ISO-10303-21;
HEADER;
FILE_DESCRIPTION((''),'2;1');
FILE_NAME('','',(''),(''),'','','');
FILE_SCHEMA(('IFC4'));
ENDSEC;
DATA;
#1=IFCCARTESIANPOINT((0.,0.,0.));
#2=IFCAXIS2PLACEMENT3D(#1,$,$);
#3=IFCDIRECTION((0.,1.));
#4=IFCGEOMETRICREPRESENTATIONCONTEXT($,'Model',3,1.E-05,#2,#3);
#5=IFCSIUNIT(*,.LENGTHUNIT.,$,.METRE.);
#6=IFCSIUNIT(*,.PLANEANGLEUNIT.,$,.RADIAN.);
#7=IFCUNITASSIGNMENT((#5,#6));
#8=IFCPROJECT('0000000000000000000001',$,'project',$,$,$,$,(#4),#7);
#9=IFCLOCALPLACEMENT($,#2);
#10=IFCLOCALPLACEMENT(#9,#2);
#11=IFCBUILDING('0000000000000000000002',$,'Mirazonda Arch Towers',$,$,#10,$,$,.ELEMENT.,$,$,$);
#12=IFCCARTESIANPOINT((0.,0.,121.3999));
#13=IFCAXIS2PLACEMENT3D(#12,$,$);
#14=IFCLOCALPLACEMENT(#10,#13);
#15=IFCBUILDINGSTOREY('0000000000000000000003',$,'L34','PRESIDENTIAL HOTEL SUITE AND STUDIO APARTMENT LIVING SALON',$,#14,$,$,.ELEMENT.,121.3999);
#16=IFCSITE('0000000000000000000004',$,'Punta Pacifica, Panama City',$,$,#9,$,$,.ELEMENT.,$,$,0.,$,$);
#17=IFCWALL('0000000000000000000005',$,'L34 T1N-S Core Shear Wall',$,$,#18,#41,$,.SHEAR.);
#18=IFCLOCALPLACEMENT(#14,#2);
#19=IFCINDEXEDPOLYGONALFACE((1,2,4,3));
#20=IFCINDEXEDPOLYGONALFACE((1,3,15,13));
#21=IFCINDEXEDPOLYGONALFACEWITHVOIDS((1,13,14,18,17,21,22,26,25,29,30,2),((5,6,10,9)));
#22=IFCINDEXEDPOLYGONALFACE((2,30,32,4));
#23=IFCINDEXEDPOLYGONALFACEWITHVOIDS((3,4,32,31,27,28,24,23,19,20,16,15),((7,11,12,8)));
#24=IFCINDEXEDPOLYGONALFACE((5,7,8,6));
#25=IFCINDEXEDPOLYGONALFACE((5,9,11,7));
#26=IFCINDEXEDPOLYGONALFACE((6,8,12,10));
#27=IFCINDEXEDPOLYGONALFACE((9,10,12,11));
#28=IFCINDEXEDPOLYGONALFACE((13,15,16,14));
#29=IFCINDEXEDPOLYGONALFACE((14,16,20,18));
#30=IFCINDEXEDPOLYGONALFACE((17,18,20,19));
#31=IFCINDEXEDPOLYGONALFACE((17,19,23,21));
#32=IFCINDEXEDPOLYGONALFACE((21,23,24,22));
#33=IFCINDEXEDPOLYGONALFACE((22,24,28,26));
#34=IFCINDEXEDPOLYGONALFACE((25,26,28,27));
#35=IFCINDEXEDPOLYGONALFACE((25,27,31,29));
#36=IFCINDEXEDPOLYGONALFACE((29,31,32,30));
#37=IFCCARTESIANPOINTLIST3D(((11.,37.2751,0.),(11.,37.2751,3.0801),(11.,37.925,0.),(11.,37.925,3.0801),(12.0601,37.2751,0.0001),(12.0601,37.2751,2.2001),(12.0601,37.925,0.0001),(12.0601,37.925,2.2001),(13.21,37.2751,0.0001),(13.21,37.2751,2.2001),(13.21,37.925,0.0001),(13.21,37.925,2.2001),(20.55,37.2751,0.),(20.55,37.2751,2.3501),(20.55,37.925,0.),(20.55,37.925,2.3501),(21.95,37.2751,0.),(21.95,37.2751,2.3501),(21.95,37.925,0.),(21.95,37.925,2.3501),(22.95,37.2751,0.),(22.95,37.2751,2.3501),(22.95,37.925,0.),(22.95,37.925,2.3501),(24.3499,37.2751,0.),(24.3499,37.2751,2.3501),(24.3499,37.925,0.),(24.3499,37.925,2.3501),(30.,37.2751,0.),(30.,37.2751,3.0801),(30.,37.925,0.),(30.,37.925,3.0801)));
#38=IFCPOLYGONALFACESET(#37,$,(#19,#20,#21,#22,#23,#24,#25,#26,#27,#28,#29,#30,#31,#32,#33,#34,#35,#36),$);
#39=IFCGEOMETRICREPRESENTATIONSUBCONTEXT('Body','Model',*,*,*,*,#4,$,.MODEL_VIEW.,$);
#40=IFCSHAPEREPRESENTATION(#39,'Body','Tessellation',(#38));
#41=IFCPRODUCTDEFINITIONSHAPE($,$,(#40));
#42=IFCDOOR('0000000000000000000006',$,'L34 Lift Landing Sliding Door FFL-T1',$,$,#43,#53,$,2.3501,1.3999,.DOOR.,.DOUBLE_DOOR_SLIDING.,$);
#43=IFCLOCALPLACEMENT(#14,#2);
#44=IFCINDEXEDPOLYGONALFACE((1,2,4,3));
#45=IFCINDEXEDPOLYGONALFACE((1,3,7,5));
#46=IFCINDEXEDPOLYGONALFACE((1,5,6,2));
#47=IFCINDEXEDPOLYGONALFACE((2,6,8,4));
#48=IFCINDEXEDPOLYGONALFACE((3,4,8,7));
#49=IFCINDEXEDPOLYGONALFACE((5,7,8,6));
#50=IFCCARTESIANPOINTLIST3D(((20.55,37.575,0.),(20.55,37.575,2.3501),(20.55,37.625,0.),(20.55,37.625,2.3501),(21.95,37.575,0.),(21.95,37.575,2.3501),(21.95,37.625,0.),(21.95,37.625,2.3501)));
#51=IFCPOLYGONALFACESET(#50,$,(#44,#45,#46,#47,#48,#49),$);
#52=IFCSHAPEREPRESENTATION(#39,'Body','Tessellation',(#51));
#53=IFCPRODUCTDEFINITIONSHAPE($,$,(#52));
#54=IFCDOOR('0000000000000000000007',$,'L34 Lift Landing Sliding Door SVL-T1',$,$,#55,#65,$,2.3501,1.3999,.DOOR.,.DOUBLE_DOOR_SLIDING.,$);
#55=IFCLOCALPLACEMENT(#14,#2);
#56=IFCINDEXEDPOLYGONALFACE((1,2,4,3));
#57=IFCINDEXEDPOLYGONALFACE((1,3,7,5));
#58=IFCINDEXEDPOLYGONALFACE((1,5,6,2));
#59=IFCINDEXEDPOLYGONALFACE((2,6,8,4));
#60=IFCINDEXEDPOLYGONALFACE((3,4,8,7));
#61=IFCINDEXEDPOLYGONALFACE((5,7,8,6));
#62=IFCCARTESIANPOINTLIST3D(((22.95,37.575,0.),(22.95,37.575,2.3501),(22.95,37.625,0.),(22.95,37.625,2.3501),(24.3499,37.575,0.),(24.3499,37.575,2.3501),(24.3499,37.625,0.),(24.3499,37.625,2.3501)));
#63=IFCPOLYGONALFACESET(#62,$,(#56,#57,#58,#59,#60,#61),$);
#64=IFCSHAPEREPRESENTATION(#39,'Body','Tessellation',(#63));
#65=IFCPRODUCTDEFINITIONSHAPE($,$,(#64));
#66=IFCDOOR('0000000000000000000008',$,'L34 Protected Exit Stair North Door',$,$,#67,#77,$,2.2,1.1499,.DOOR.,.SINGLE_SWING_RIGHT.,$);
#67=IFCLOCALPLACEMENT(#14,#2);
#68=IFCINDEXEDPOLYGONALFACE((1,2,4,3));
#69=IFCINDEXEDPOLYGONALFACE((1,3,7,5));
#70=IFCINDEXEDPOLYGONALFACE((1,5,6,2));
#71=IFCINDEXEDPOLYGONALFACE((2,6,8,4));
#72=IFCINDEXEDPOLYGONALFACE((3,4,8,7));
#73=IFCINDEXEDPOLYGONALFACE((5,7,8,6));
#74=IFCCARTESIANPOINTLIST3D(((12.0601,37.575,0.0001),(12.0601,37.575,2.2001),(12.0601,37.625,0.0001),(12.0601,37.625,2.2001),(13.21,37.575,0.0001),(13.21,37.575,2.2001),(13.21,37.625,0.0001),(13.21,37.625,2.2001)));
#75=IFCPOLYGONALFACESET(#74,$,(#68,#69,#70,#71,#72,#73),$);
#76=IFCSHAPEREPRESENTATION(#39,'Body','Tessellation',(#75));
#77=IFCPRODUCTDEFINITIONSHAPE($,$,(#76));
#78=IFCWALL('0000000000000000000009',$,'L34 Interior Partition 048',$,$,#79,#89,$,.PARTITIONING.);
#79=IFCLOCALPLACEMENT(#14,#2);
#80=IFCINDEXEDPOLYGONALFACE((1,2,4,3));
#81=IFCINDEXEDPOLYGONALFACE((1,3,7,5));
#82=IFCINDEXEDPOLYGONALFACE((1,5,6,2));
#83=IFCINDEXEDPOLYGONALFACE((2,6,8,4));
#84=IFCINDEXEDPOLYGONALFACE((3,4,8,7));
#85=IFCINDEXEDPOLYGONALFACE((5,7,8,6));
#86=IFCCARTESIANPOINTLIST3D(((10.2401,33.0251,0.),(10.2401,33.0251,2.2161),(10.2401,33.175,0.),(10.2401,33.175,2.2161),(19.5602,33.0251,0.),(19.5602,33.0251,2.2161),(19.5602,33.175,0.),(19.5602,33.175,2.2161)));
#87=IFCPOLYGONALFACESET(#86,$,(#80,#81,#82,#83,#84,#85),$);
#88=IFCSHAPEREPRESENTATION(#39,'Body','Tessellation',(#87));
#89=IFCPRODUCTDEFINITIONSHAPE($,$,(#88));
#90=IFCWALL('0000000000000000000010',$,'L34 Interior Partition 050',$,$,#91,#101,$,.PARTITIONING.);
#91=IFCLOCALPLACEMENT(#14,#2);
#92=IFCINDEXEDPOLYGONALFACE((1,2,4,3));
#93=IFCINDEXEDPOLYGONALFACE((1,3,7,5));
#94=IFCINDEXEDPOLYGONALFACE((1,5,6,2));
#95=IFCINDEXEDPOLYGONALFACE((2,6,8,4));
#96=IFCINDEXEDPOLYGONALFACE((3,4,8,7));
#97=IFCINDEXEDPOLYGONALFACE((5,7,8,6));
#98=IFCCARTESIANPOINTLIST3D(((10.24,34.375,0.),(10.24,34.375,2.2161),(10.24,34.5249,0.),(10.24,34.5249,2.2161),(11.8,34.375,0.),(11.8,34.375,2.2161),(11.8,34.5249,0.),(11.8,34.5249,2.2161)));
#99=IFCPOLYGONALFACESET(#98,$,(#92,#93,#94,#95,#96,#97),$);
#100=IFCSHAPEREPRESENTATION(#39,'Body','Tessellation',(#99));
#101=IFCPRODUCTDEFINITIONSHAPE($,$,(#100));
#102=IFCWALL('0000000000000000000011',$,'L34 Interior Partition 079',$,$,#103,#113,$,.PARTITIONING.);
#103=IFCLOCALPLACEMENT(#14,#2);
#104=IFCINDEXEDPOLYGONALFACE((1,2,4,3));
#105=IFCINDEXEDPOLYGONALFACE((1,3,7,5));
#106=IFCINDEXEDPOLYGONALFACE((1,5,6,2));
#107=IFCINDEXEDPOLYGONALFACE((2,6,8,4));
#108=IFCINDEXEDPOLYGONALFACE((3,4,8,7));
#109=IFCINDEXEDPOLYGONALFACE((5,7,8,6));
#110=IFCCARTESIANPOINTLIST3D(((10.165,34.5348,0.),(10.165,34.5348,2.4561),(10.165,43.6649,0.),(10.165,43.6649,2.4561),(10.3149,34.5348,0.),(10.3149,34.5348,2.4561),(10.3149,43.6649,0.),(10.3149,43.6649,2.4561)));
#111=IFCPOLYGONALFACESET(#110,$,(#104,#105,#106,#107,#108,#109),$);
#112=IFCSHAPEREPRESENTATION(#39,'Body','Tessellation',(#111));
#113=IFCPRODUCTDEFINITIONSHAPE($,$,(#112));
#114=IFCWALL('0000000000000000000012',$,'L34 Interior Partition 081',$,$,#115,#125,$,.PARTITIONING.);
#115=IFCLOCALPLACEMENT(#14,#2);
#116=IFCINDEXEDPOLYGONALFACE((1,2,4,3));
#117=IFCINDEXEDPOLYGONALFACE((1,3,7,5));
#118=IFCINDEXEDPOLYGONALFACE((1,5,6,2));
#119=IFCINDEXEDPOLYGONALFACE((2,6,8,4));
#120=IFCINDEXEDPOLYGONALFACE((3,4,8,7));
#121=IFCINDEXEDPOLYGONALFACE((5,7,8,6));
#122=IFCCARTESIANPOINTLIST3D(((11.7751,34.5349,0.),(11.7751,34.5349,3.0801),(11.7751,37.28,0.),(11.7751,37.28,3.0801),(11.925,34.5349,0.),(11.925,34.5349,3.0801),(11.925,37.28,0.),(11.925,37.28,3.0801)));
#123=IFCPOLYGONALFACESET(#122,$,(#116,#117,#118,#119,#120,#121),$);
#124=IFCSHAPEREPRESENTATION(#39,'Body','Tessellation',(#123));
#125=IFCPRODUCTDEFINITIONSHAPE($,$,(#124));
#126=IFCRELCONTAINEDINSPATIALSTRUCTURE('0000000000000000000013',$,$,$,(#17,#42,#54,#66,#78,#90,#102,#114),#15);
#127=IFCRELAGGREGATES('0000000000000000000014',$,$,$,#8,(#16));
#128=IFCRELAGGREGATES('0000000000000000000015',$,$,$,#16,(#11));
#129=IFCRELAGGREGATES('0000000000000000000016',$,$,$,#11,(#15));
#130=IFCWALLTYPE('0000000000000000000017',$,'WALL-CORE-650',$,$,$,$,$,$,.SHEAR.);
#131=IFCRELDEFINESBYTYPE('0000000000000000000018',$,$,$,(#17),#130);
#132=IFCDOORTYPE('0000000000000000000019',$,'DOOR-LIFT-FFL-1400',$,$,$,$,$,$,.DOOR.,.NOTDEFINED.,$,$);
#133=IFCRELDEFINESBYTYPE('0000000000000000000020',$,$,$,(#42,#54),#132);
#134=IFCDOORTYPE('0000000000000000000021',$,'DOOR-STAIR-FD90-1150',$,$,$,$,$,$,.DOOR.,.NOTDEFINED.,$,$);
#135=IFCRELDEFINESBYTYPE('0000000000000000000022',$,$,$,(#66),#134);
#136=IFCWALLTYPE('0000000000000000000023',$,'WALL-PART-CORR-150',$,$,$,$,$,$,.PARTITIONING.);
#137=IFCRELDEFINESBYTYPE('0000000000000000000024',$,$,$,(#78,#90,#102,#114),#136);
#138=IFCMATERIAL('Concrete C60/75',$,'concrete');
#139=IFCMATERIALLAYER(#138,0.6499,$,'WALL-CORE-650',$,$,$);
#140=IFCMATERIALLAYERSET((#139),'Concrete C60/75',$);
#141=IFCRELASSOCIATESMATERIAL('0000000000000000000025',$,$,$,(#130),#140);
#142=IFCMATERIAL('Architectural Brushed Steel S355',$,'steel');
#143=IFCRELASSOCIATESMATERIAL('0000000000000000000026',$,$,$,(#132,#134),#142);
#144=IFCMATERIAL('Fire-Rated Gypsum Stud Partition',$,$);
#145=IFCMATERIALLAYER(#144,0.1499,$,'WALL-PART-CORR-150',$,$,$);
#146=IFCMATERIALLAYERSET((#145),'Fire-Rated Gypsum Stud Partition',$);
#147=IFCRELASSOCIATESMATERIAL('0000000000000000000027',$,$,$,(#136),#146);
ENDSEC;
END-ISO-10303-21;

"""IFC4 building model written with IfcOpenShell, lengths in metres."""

from ifc_helpers import new_model, si_unit, direction, frame, frame_2d, origin, place, context, subcontext, project, spatial, rectangle, extrude, material, layer, layer_set, type_object, element, fill, save


model = new_model("IFC4")

# Units and contexts
model_context = context("Model", 3, precision=1e-05, world=origin(), true_north=direction((0.0, 1.0)))
body_context = subcontext(model_context, "Body", "Model", "MODEL_VIEW")
ifc_project = project(units=[si_unit("LENGTHUNIT", "METRE"), si_unit("PLANEANGLEUNIT", "RADIAN")], contexts=[model_context])

# Site, building, storey
site_placement = place(None, origin())
site = spatial("IfcSite", under=ifc_project, at=site_placement, Name="Punta Pacifica, Panama City", CompositionType="ELEMENT", RefElevation=0.0)
building_placement = place(site_placement, origin())
building = spatial("IfcBuilding", under=site, at=building_placement, Name="Mirazonda Arch Towers", CompositionType="ELEMENT")
storey_placement = place(building_placement, frame((0.0, 0.0, 121.3999)))
storey = spatial("IfcBuildingStorey", under=building, at=storey_placement, Name="L34", Description="PRESIDENTIAL HOTEL SUITE AND STUDIO APARTMENT LIVING SALON", CompositionType="ELEMENT", Elevation=121.3999)

# Shared definitions
ifc_material_1 = material(Name="Concrete C60/75", Category="concrete")

# Shared definitions
ifc_layer_1 = layer(ifc_material_1, 0.6499, Name="WALL-CORE-650")
ifc_layer_set_1 = layer_set([ifc_layer_1], Name="Concrete C60/75")
wall_type_1 = type_object("IfcWallType", Name="WALL-CORE-650", PredefinedType="SHEAR", material=ifc_layer_set_1)

# Wall, openings, doors
wall_1_placement = place(storey_placement, frame((11.0, 37.6001, 0.0), z_axis=(0.0, 0.0, 1.0), x_axis=(1.0, 0.0, 0.0)))
wall_1 = element("IfcWall", 1, at=wall_1_placement, inside=storey, type_object=wall_type_1, Name="L34 T1N-S Core Shear Wall", PredefinedType="SHEAR", context=body_context, shape_type="SweptSolid", body=[
    extrude(rectangle(XDim=19.0, YDim=0.6499, at=frame_2d((9.5, 0.0))), origin(), (0.0, 0.0, 1.0), 3.0801),
])
opening_1_placement = place(wall_1_placement, frame((1.0601, 0.0, 0.0)))
opening_1 = element("IfcOpeningElement", 2, at=opening_1_placement, cuts=wall_1, PredefinedType="OPENING", context=body_context, shape_type="SweptSolid", body=[
    extrude(rectangle(XDim=1.1499, YDim=2.2, at=frame_2d((0.575, 1.1001))), frame((0.0, 0.335, 0.0), z_axis=(0.0, -1.0, 0.0), x_axis=(1.0, 0.0, 0.0)), (0.0, 0.0, 1.0), 0.6699),
])
opening_2_placement = place(wall_1_placement, frame((9.55, 0.0, 0.0)))
opening_2 = element("IfcOpeningElement", 3, at=opening_2_placement, cuts=wall_1, PredefinedType="OPENING", context=body_context, shape_type="SweptSolid", body=[
    extrude(rectangle(XDim=1.3999, YDim=2.3501, at=frame_2d((0.7, 1.175))), frame((0.0, 0.335, 0.0), z_axis=(0.0, -1.0, 0.0), x_axis=(1.0, 0.0, 0.0)), (0.0, 0.0, 1.0), 0.6699),
])
opening_3_placement = place(wall_1_placement, frame((11.95, 0.0, 0.0)))
opening_3 = element("IfcOpeningElement", 4, at=opening_3_placement, cuts=wall_1, PredefinedType="OPENING", context=body_context, shape_type="SweptSolid", body=[
    extrude(rectangle(XDim=1.3999, YDim=2.3501, at=frame_2d((0.7, 1.175))), frame((0.0, 0.335, 0.0), z_axis=(0.0, -1.0, 0.0), x_axis=(1.0, 0.0, 0.0)), (0.0, 0.0, 1.0), 0.6699),
])
ifc_material_2 = material(Name="Architectural Brushed Steel S355", Category="steel")
door_type_1 = type_object("IfcDoorType", Name="DOOR-LIFT-FFL-1400", OperationType="NOTDEFINED", PredefinedType="DOOR", material=ifc_material_2)
door_1_placement = place(opening_2_placement, origin())
door_1 = element("IfcDoor", 5, at=door_1_placement, inside=storey, type_object=door_type_1, Name="L34 Lift Landing Sliding Door FFL-T1", OperationType="DOUBLE_DOOR_SLIDING", OverallHeight=2.3501, OverallWidth=1.3999, PredefinedType="DOOR", context=body_context, shape_type="SweptSolid", body=[
    extrude(rectangle(XDim=1.3999, YDim=2.3501, at=frame_2d((0.7, 1.175))), frame((0.0, 0.0249, 0.0), z_axis=(0.0, -1.0, 0.0), x_axis=(1.0, 0.0, 0.0)), (0.0, 0.0, 1.0), 0.05),
])
fill(opening_2, door_1)
door_2_placement = place(opening_3_placement, origin())
door_2 = element("IfcDoor", 6, at=door_2_placement, inside=storey, type_object=door_type_1, Name="L34 Lift Landing Sliding Door SVL-T1", OperationType="DOUBLE_DOOR_SLIDING", OverallHeight=2.3501, OverallWidth=1.3999, PredefinedType="DOOR", context=body_context, shape_type="SweptSolid", body=[
    extrude(rectangle(XDim=1.3999, YDim=2.3501, at=frame_2d((0.7, 1.175))), frame((0.0, 0.0249, 0.0), z_axis=(0.0, -1.0, 0.0), x_axis=(1.0, 0.0, 0.0)), (0.0, 0.0, 1.0), 0.05),
])
fill(opening_3, door_2)
door_type_2 = type_object("IfcDoorType", Name="DOOR-STAIR-FD90-1150", OperationType="NOTDEFINED", PredefinedType="DOOR", material=ifc_material_2)
door_3_placement = place(opening_1_placement, origin())
door_3 = element("IfcDoor", 7, at=door_3_placement, inside=storey, type_object=door_type_2, Name="L34 Protected Exit Stair North Door", OperationType="SINGLE_SWING_RIGHT", OverallHeight=2.2, OverallWidth=1.1499, PredefinedType="DOOR", context=body_context, shape_type="SweptSolid", body=[
    extrude(rectangle(XDim=1.1499, YDim=2.2, at=frame_2d((0.575, 1.1001))), frame((0.0, 0.0249, 0.0), z_axis=(0.0, -1.0, 0.0), x_axis=(1.0, 0.0, 0.0)), (0.0, 0.0, 1.0), 0.05),
])
fill(opening_1, door_3)

# Walls
ifc_material_3 = material(Name="Fire-Rated Gypsum Stud Partition")
ifc_layer_2 = layer(ifc_material_3, 0.1499, Name="WALL-PART-CORR-150")
ifc_layer_set_2 = layer_set([ifc_layer_2], Name="Fire-Rated Gypsum Stud Partition")
wall_type_2 = type_object("IfcWallType", Name="WALL-PART-CORR-150", PredefinedType="PARTITIONING", material=ifc_layer_set_2)
wall_2_placement = place(storey_placement, frame((10.24, 33.1001, 0.0), z_axis=(0.0, 0.0, 1.0), x_axis=(1.0, 0.0, 0.0)))
element("IfcWall", 8, at=wall_2_placement, inside=storey, type_object=wall_type_2, Name="L34 Interior Partition 048", PredefinedType="PARTITIONING", context=body_context, shape_type="SweptSolid", body=[
    extrude(rectangle(XDim=9.3201, YDim=0.1499, at=frame_2d((4.6602, 0.0))), origin(), (0.0, 0.0, 1.0), 2.2161),
])
wall_3_placement = place(storey_placement, frame((10.24, 34.45, 0.0), z_axis=(0.0, 0.0, 1.0), x_axis=(1.0, 0.0, 0.0)))
element("IfcWall", 9, at=wall_3_placement, inside=storey, type_object=wall_type_2, Name="L34 Interior Partition 050", PredefinedType="PARTITIONING", context=body_context, shape_type="SweptSolid", body=[
    extrude(rectangle(XDim=1.5601, YDim=0.1499, at=frame_2d((0.78, 0.0))), origin(), (0.0, 0.0, 1.0), 2.2161),
])
wall_4_placement = place(storey_placement, frame((10.24, 34.5349, 0.0), z_axis=(0.0, 0.0, 1.0), x_axis=(0.0, 1.0, 0.0)))
element("IfcWall", 10, at=wall_4_placement, inside=storey, type_object=wall_type_2, Name="L34 Interior Partition 079", PredefinedType="PARTITIONING", context=body_context, shape_type="SweptSolid", body=[
    extrude(rectangle(XDim=9.1301, YDim=0.1499, at=frame_2d((4.5649, 0.0))), origin(), (0.0, 0.0, 1.0), 2.4561),
])
wall_5_placement = place(storey_placement, frame((11.8501, 34.5349, 0.0), z_axis=(0.0, 0.0, 1.0), x_axis=(0.0, 1.0, 0.0)))
element("IfcWall", 11, at=wall_5_placement, inside=storey, type_object=wall_type_2, Name="L34 Interior Partition 081", PredefinedType="PARTITIONING", context=body_context, shape_type="SweptSolid", body=[
    extrude(rectangle(XDim=2.7451, YDim=0.1499, at=frame_2d((1.3726, 0.0))), origin(), (0.0, 0.0, 1.0), 3.0801),
])

save(model, "model.ifc")
